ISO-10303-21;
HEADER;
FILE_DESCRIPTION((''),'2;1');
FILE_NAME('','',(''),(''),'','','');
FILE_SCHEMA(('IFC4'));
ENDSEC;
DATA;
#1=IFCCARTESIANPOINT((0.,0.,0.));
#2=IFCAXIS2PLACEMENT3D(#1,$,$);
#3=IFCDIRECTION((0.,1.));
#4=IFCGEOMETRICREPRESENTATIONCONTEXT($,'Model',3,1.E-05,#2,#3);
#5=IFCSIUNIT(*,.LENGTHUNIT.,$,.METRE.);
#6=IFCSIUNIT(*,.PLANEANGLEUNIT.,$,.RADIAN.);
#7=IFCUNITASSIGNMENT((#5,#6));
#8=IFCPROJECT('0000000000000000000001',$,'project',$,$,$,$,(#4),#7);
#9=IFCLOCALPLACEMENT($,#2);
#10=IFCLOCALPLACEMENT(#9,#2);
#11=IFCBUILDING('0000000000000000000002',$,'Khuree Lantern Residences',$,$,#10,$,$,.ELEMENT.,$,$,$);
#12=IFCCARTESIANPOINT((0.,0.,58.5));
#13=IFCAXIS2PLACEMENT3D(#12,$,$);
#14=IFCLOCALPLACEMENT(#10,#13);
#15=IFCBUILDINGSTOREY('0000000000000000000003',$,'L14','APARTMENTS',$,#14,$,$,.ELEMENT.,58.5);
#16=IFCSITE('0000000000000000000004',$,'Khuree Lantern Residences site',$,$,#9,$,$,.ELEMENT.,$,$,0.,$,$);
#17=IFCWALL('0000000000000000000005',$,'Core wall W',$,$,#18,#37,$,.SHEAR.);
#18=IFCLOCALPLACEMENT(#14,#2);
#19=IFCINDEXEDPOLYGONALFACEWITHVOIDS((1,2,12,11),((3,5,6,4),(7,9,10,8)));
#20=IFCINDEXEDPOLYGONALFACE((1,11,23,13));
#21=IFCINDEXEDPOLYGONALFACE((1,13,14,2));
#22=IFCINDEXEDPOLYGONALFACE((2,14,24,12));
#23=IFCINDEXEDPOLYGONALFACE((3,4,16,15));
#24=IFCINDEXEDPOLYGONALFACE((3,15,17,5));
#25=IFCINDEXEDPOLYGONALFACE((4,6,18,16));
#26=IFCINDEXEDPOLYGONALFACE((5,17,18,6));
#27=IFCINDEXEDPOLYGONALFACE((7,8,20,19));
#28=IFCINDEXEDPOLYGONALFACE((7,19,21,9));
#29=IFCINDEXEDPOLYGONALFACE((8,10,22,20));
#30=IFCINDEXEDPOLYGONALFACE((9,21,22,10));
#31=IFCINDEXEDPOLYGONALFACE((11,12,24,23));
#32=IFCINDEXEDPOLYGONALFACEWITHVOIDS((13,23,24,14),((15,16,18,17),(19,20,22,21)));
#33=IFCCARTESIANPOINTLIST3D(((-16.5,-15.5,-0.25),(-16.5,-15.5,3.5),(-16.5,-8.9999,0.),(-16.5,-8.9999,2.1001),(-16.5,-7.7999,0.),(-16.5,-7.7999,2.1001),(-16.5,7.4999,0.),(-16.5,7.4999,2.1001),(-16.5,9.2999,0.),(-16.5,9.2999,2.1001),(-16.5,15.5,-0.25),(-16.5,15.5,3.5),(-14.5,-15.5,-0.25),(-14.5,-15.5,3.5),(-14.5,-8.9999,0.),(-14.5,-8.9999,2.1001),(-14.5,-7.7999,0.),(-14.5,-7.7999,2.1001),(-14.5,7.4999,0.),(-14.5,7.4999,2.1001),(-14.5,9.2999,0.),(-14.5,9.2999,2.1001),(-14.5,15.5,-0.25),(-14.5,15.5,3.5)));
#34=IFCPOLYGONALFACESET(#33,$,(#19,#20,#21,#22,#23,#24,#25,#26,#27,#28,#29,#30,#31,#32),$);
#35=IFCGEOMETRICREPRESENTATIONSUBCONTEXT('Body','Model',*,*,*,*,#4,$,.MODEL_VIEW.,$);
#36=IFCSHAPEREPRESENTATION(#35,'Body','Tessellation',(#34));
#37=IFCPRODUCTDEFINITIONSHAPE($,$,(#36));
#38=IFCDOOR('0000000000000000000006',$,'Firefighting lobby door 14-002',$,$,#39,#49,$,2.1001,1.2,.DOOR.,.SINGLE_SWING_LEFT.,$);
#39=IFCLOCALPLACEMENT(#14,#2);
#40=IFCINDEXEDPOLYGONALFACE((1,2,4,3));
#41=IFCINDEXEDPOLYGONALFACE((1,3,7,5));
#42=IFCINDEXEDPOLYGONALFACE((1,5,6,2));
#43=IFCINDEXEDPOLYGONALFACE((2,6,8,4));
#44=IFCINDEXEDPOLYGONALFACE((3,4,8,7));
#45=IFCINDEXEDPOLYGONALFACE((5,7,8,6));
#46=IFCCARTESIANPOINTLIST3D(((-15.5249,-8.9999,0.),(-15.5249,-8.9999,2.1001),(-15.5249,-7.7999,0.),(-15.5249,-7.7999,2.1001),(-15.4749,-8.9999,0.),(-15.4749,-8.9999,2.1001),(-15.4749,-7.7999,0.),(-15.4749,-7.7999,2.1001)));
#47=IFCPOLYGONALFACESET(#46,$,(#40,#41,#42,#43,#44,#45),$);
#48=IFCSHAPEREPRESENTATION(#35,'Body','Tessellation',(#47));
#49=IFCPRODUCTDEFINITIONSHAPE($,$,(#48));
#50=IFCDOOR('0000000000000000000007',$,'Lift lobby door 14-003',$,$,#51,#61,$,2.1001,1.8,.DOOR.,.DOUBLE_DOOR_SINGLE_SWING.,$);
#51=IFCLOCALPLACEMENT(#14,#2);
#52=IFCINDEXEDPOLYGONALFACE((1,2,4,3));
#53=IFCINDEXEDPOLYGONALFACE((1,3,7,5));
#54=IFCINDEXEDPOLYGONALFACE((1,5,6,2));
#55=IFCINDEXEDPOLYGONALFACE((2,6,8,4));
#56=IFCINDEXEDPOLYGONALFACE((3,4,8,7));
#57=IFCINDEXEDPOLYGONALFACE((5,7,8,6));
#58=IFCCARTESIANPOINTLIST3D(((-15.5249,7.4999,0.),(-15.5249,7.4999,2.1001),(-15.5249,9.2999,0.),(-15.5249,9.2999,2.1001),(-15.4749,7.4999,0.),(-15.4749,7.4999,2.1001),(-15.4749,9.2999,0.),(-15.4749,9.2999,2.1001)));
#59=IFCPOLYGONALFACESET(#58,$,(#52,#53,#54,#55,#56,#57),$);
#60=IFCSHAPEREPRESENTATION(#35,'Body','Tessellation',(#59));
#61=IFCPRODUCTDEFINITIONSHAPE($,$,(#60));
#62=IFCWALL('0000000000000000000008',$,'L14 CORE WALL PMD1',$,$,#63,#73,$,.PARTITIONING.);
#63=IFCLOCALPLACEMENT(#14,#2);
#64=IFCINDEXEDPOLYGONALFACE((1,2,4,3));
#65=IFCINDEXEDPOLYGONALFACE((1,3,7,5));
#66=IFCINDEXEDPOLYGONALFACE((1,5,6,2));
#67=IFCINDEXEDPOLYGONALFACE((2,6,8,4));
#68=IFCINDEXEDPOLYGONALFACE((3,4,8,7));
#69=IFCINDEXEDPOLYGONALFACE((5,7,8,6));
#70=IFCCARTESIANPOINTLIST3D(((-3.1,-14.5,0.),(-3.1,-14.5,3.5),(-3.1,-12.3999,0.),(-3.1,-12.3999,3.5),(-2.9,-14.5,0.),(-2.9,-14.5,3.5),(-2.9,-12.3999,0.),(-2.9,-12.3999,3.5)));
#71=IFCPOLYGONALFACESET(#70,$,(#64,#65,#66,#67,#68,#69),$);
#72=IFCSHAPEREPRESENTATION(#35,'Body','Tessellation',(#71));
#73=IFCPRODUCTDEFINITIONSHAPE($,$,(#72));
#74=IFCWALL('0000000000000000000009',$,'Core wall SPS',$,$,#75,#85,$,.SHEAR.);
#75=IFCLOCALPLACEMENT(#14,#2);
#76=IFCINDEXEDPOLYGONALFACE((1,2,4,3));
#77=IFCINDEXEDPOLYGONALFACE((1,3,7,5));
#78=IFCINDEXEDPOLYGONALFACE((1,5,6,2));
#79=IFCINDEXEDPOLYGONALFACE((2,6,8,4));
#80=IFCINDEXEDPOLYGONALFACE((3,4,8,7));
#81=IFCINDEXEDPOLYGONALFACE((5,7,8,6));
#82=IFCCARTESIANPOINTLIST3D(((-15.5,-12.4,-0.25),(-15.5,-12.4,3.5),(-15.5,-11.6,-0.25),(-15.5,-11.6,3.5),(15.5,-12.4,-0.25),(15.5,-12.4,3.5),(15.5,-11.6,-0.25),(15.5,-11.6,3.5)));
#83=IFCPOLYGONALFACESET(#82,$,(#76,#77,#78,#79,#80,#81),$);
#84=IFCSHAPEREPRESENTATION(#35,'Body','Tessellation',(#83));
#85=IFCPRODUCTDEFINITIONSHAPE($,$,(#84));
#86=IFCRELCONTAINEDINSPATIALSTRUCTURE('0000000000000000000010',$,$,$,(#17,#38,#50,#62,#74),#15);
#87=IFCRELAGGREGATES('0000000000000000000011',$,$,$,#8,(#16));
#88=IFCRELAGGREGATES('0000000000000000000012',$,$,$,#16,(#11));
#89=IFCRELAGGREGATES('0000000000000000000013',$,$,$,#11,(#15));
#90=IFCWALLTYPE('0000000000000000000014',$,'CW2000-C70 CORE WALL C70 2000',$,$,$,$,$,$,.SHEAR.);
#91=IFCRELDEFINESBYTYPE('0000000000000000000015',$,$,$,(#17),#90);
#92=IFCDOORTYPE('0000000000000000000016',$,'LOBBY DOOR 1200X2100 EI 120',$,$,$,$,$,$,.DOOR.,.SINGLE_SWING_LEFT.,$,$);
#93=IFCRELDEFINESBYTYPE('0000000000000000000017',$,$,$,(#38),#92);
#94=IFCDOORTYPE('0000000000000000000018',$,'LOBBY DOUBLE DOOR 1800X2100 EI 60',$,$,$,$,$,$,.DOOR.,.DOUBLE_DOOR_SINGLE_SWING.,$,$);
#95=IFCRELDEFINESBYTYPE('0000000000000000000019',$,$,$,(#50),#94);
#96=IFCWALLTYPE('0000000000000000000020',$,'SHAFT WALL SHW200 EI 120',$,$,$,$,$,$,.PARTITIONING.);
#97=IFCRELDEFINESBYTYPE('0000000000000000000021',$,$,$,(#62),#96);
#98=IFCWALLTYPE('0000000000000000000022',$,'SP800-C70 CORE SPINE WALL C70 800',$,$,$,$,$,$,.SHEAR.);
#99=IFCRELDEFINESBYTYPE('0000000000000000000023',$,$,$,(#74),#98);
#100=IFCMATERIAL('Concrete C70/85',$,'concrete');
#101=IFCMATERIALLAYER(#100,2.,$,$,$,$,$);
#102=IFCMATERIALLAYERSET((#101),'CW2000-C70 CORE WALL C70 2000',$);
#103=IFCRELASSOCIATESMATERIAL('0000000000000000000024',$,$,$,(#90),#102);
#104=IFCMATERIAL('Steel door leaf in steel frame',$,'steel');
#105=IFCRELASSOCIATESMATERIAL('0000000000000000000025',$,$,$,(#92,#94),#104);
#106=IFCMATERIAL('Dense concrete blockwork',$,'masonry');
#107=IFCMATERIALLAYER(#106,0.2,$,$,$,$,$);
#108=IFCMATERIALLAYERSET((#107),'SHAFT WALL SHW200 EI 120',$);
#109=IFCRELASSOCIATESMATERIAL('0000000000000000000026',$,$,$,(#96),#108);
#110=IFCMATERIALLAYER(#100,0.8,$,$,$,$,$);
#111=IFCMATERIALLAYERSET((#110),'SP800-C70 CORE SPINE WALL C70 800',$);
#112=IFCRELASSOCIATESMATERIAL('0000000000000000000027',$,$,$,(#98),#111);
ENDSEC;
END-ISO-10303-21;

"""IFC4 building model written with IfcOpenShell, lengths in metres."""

from ifc_helpers import new_model, si_unit, direction, frame, frame_2d, origin, place, context, subcontext, project, spatial, rectangle, extrude, material, layer, layer_set, type_object, element, fill, save


model = new_model("IFC4")

# Units and contexts
model_context = context("Model", 3, precision=1e-05, world=origin(), true_north=direction((0.0, 1.0)))
body_context = subcontext(model_context, "Body", "Model", "MODEL_VIEW")
ifc_project = project(units=[si_unit("LENGTHUNIT", "METRE"), si_unit("PLANEANGLEUNIT", "RADIAN")], contexts=[model_context])

# Site, building, storey
site_placement = place(None, origin())
site = spatial("IfcSite", under=ifc_project, at=site_placement, Name="Khuree Lantern Residences site", CompositionType="ELEMENT", RefElevation=0.0)
building_placement = place(site_placement, origin())
building = spatial("IfcBuilding", under=site, at=building_placement, Name="Khuree Lantern Residences", CompositionType="ELEMENT")
storey_placement = place(building_placement, frame((0.0, 0.0, 58.5)))
storey = spatial("IfcBuildingStorey", under=building, at=storey_placement, Name="L14", Description="APARTMENTS", CompositionType="ELEMENT", Elevation=58.5)

# Shared definitions
ifc_material_1 = material(Name="Concrete C70/85", Category="concrete")

# Shared definitions
ifc_material_2 = material(Name="Dense concrete blockwork", Category="masonry")

# Shared definitions
ifc_layer_1 = layer(ifc_material_1, 2.0)
ifc_layer_set_1 = layer_set([ifc_layer_1], Name="CW2000-C70 CORE WALL C70 2000")
wall_type_1 = type_object("IfcWallType", Name="CW2000-C70 CORE WALL C70 2000", PredefinedType="SHEAR", material=ifc_layer_set_1)

# Wall, openings, doors
wall_1_placement = place(storey_placement, frame((-15.5, -15.5, -0.25), z_axis=(0.0, 0.0, 1.0), x_axis=(0.0, 1.0, 0.0)))
wall_1 = element("IfcWall", 1, at=wall_1_placement, inside=storey, type_object=wall_type_1, Name="Core wall W", PredefinedType="SHEAR", context=body_context, shape_type="SweptSolid", body=[
    extrude(rectangle(XDim=31.0, YDim=2.0, at=frame_2d((15.5, 0.0))), origin(), (0.0, 0.0, 1.0), 3.75),
])
opening_1_placement = place(wall_1_placement, frame((6.5, 0.0, 0.25)))
opening_1 = element("IfcOpeningElement", 2, at=opening_1_placement, cuts=wall_1, PredefinedType="OPENING", context=body_context, shape_type="SweptSolid", body=[
    extrude(rectangle(XDim=1.2, YDim=2.1001, at=frame_2d((0.6001, 1.05))), frame((0.0, 1.01, 0.0), z_axis=(0.0, -1.0, 0.0), x_axis=(1.0, 0.0, 0.0)), (0.0, 0.0, 1.0), 2.02),
])
opening_2_placement = place(wall_1_placement, frame((23.0, 0.0, 0.25)))
opening_2 = element("IfcOpeningElement", 3, at=opening_2_placement, cuts=wall_1, PredefinedType="OPENING", context=body_context, shape_type="SweptSolid", body=[
    extrude(rectangle(XDim=1.8, YDim=2.1001, at=frame_2d((0.8999, 1.05))), frame((0.0, 1.01, 0.0), z_axis=(0.0, -1.0, 0.0), x_axis=(1.0, 0.0, 0.0)), (0.0, 0.0, 1.0), 2.02),
])
ifc_material_3 = material(Name="Steel door leaf in steel frame", Category="steel")
door_type_1 = type_object("IfcDoorType", Name="LOBBY DOOR 1200X2100 EI 120", OperationType="SINGLE_SWING_LEFT", PredefinedType="DOOR", material=ifc_material_3)
door_1_placement = place(opening_1_placement, origin())
door_1 = element("IfcDoor", 4, at=door_1_placement, inside=storey, type_object=door_type_1, Name="Firefighting lobby door 14-002", OperationType="SINGLE_SWING_LEFT", OverallHeight=2.1001, OverallWidth=1.2, PredefinedType="DOOR", context=body_context, shape_type="SweptSolid", body=[
    extrude(rectangle(XDim=1.2, YDim=2.1001, at=frame_2d((0.6001, 1.05))), frame((0.0, 0.0249, 0.0), z_axis=(0.0, -1.0, 0.0), x_axis=(1.0, 0.0, 0.0)), (0.0, 0.0, 1.0), 0.05),
])
fill(opening_1, door_1)
door_type_2 = type_object("IfcDoorType", Name="LOBBY DOUBLE DOOR 1800X2100 EI 60", OperationType="DOUBLE_DOOR_SINGLE_SWING", PredefinedType="DOOR", material=ifc_material_3)
door_2_placement = place(opening_2_placement, origin())
door_2 = element("IfcDoor", 5, at=door_2_placement, inside=storey, type_object=door_type_2, Name="Lift lobby door 14-003", OperationType="DOUBLE_DOOR_SINGLE_SWING", OverallHeight=2.1001, OverallWidth=1.8, PredefinedType="DOOR", context=body_context, shape_type="SweptSolid", body=[
    extrude(rectangle(XDim=1.8, YDim=2.1001, at=frame_2d((0.8999, 1.05))), frame((0.0, 0.0249, 0.0), z_axis=(0.0, -1.0, 0.0), x_axis=(1.0, 0.0, 0.0)), (0.0, 0.0, 1.0), 0.05),
])
fill(opening_2, door_2)

# Walls
ifc_layer_2 = layer(ifc_material_2, 0.2)
ifc_layer_set_2 = layer_set([ifc_layer_2], Name="SHAFT WALL SHW200 EI 120")
wall_type_2 = type_object("IfcWallType", Name="SHAFT WALL SHW200 EI 120", PredefinedType="PARTITIONING", material=ifc_layer_set_2)
wall_2_placement = place(storey_placement, frame((-3.0, -14.5, 0.0), z_axis=(0.0, 0.0, 1.0), x_axis=(0.0, 1.0, 0.0)))
element("IfcWall", 6, at=wall_2_placement, inside=storey, type_object=wall_type_2, Name="L14 CORE WALL PMD1", PredefinedType="PARTITIONING", context=body_context, shape_type="SweptSolid", body=[
    extrude(rectangle(XDim=2.1001, YDim=0.2, at=frame_2d((1.05, 0.0))), origin(), (0.0, 0.0, 1.0), 3.5),
])
ifc_layer_3 = layer(ifc_material_1, 0.8)
ifc_layer_set_3 = layer_set([ifc_layer_3], Name="SP800-C70 CORE SPINE WALL C70 800")
wall_type_3 = type_object("IfcWallType", Name="SP800-C70 CORE SPINE WALL C70 800", PredefinedType="SHEAR", material=ifc_layer_set_3)
wall_3_placement = place(storey_placement, frame((-15.5, -12.0, -0.25), z_axis=(0.0, 0.0, 1.0), x_axis=(1.0, 0.0, 0.0)))
element("IfcWall", 7, at=wall_3_placement, inside=storey, type_object=wall_type_3, Name="Core wall SPS", PredefinedType="SHEAR", context=body_context, shape_type="SweptSolid", body=[
    extrude(rectangle(XDim=31.0, YDim=0.8, at=frame_2d((15.5, 0.0))), origin(), (0.0, 0.0, 1.0), 3.75),
])

save(model, "model.ifc")
